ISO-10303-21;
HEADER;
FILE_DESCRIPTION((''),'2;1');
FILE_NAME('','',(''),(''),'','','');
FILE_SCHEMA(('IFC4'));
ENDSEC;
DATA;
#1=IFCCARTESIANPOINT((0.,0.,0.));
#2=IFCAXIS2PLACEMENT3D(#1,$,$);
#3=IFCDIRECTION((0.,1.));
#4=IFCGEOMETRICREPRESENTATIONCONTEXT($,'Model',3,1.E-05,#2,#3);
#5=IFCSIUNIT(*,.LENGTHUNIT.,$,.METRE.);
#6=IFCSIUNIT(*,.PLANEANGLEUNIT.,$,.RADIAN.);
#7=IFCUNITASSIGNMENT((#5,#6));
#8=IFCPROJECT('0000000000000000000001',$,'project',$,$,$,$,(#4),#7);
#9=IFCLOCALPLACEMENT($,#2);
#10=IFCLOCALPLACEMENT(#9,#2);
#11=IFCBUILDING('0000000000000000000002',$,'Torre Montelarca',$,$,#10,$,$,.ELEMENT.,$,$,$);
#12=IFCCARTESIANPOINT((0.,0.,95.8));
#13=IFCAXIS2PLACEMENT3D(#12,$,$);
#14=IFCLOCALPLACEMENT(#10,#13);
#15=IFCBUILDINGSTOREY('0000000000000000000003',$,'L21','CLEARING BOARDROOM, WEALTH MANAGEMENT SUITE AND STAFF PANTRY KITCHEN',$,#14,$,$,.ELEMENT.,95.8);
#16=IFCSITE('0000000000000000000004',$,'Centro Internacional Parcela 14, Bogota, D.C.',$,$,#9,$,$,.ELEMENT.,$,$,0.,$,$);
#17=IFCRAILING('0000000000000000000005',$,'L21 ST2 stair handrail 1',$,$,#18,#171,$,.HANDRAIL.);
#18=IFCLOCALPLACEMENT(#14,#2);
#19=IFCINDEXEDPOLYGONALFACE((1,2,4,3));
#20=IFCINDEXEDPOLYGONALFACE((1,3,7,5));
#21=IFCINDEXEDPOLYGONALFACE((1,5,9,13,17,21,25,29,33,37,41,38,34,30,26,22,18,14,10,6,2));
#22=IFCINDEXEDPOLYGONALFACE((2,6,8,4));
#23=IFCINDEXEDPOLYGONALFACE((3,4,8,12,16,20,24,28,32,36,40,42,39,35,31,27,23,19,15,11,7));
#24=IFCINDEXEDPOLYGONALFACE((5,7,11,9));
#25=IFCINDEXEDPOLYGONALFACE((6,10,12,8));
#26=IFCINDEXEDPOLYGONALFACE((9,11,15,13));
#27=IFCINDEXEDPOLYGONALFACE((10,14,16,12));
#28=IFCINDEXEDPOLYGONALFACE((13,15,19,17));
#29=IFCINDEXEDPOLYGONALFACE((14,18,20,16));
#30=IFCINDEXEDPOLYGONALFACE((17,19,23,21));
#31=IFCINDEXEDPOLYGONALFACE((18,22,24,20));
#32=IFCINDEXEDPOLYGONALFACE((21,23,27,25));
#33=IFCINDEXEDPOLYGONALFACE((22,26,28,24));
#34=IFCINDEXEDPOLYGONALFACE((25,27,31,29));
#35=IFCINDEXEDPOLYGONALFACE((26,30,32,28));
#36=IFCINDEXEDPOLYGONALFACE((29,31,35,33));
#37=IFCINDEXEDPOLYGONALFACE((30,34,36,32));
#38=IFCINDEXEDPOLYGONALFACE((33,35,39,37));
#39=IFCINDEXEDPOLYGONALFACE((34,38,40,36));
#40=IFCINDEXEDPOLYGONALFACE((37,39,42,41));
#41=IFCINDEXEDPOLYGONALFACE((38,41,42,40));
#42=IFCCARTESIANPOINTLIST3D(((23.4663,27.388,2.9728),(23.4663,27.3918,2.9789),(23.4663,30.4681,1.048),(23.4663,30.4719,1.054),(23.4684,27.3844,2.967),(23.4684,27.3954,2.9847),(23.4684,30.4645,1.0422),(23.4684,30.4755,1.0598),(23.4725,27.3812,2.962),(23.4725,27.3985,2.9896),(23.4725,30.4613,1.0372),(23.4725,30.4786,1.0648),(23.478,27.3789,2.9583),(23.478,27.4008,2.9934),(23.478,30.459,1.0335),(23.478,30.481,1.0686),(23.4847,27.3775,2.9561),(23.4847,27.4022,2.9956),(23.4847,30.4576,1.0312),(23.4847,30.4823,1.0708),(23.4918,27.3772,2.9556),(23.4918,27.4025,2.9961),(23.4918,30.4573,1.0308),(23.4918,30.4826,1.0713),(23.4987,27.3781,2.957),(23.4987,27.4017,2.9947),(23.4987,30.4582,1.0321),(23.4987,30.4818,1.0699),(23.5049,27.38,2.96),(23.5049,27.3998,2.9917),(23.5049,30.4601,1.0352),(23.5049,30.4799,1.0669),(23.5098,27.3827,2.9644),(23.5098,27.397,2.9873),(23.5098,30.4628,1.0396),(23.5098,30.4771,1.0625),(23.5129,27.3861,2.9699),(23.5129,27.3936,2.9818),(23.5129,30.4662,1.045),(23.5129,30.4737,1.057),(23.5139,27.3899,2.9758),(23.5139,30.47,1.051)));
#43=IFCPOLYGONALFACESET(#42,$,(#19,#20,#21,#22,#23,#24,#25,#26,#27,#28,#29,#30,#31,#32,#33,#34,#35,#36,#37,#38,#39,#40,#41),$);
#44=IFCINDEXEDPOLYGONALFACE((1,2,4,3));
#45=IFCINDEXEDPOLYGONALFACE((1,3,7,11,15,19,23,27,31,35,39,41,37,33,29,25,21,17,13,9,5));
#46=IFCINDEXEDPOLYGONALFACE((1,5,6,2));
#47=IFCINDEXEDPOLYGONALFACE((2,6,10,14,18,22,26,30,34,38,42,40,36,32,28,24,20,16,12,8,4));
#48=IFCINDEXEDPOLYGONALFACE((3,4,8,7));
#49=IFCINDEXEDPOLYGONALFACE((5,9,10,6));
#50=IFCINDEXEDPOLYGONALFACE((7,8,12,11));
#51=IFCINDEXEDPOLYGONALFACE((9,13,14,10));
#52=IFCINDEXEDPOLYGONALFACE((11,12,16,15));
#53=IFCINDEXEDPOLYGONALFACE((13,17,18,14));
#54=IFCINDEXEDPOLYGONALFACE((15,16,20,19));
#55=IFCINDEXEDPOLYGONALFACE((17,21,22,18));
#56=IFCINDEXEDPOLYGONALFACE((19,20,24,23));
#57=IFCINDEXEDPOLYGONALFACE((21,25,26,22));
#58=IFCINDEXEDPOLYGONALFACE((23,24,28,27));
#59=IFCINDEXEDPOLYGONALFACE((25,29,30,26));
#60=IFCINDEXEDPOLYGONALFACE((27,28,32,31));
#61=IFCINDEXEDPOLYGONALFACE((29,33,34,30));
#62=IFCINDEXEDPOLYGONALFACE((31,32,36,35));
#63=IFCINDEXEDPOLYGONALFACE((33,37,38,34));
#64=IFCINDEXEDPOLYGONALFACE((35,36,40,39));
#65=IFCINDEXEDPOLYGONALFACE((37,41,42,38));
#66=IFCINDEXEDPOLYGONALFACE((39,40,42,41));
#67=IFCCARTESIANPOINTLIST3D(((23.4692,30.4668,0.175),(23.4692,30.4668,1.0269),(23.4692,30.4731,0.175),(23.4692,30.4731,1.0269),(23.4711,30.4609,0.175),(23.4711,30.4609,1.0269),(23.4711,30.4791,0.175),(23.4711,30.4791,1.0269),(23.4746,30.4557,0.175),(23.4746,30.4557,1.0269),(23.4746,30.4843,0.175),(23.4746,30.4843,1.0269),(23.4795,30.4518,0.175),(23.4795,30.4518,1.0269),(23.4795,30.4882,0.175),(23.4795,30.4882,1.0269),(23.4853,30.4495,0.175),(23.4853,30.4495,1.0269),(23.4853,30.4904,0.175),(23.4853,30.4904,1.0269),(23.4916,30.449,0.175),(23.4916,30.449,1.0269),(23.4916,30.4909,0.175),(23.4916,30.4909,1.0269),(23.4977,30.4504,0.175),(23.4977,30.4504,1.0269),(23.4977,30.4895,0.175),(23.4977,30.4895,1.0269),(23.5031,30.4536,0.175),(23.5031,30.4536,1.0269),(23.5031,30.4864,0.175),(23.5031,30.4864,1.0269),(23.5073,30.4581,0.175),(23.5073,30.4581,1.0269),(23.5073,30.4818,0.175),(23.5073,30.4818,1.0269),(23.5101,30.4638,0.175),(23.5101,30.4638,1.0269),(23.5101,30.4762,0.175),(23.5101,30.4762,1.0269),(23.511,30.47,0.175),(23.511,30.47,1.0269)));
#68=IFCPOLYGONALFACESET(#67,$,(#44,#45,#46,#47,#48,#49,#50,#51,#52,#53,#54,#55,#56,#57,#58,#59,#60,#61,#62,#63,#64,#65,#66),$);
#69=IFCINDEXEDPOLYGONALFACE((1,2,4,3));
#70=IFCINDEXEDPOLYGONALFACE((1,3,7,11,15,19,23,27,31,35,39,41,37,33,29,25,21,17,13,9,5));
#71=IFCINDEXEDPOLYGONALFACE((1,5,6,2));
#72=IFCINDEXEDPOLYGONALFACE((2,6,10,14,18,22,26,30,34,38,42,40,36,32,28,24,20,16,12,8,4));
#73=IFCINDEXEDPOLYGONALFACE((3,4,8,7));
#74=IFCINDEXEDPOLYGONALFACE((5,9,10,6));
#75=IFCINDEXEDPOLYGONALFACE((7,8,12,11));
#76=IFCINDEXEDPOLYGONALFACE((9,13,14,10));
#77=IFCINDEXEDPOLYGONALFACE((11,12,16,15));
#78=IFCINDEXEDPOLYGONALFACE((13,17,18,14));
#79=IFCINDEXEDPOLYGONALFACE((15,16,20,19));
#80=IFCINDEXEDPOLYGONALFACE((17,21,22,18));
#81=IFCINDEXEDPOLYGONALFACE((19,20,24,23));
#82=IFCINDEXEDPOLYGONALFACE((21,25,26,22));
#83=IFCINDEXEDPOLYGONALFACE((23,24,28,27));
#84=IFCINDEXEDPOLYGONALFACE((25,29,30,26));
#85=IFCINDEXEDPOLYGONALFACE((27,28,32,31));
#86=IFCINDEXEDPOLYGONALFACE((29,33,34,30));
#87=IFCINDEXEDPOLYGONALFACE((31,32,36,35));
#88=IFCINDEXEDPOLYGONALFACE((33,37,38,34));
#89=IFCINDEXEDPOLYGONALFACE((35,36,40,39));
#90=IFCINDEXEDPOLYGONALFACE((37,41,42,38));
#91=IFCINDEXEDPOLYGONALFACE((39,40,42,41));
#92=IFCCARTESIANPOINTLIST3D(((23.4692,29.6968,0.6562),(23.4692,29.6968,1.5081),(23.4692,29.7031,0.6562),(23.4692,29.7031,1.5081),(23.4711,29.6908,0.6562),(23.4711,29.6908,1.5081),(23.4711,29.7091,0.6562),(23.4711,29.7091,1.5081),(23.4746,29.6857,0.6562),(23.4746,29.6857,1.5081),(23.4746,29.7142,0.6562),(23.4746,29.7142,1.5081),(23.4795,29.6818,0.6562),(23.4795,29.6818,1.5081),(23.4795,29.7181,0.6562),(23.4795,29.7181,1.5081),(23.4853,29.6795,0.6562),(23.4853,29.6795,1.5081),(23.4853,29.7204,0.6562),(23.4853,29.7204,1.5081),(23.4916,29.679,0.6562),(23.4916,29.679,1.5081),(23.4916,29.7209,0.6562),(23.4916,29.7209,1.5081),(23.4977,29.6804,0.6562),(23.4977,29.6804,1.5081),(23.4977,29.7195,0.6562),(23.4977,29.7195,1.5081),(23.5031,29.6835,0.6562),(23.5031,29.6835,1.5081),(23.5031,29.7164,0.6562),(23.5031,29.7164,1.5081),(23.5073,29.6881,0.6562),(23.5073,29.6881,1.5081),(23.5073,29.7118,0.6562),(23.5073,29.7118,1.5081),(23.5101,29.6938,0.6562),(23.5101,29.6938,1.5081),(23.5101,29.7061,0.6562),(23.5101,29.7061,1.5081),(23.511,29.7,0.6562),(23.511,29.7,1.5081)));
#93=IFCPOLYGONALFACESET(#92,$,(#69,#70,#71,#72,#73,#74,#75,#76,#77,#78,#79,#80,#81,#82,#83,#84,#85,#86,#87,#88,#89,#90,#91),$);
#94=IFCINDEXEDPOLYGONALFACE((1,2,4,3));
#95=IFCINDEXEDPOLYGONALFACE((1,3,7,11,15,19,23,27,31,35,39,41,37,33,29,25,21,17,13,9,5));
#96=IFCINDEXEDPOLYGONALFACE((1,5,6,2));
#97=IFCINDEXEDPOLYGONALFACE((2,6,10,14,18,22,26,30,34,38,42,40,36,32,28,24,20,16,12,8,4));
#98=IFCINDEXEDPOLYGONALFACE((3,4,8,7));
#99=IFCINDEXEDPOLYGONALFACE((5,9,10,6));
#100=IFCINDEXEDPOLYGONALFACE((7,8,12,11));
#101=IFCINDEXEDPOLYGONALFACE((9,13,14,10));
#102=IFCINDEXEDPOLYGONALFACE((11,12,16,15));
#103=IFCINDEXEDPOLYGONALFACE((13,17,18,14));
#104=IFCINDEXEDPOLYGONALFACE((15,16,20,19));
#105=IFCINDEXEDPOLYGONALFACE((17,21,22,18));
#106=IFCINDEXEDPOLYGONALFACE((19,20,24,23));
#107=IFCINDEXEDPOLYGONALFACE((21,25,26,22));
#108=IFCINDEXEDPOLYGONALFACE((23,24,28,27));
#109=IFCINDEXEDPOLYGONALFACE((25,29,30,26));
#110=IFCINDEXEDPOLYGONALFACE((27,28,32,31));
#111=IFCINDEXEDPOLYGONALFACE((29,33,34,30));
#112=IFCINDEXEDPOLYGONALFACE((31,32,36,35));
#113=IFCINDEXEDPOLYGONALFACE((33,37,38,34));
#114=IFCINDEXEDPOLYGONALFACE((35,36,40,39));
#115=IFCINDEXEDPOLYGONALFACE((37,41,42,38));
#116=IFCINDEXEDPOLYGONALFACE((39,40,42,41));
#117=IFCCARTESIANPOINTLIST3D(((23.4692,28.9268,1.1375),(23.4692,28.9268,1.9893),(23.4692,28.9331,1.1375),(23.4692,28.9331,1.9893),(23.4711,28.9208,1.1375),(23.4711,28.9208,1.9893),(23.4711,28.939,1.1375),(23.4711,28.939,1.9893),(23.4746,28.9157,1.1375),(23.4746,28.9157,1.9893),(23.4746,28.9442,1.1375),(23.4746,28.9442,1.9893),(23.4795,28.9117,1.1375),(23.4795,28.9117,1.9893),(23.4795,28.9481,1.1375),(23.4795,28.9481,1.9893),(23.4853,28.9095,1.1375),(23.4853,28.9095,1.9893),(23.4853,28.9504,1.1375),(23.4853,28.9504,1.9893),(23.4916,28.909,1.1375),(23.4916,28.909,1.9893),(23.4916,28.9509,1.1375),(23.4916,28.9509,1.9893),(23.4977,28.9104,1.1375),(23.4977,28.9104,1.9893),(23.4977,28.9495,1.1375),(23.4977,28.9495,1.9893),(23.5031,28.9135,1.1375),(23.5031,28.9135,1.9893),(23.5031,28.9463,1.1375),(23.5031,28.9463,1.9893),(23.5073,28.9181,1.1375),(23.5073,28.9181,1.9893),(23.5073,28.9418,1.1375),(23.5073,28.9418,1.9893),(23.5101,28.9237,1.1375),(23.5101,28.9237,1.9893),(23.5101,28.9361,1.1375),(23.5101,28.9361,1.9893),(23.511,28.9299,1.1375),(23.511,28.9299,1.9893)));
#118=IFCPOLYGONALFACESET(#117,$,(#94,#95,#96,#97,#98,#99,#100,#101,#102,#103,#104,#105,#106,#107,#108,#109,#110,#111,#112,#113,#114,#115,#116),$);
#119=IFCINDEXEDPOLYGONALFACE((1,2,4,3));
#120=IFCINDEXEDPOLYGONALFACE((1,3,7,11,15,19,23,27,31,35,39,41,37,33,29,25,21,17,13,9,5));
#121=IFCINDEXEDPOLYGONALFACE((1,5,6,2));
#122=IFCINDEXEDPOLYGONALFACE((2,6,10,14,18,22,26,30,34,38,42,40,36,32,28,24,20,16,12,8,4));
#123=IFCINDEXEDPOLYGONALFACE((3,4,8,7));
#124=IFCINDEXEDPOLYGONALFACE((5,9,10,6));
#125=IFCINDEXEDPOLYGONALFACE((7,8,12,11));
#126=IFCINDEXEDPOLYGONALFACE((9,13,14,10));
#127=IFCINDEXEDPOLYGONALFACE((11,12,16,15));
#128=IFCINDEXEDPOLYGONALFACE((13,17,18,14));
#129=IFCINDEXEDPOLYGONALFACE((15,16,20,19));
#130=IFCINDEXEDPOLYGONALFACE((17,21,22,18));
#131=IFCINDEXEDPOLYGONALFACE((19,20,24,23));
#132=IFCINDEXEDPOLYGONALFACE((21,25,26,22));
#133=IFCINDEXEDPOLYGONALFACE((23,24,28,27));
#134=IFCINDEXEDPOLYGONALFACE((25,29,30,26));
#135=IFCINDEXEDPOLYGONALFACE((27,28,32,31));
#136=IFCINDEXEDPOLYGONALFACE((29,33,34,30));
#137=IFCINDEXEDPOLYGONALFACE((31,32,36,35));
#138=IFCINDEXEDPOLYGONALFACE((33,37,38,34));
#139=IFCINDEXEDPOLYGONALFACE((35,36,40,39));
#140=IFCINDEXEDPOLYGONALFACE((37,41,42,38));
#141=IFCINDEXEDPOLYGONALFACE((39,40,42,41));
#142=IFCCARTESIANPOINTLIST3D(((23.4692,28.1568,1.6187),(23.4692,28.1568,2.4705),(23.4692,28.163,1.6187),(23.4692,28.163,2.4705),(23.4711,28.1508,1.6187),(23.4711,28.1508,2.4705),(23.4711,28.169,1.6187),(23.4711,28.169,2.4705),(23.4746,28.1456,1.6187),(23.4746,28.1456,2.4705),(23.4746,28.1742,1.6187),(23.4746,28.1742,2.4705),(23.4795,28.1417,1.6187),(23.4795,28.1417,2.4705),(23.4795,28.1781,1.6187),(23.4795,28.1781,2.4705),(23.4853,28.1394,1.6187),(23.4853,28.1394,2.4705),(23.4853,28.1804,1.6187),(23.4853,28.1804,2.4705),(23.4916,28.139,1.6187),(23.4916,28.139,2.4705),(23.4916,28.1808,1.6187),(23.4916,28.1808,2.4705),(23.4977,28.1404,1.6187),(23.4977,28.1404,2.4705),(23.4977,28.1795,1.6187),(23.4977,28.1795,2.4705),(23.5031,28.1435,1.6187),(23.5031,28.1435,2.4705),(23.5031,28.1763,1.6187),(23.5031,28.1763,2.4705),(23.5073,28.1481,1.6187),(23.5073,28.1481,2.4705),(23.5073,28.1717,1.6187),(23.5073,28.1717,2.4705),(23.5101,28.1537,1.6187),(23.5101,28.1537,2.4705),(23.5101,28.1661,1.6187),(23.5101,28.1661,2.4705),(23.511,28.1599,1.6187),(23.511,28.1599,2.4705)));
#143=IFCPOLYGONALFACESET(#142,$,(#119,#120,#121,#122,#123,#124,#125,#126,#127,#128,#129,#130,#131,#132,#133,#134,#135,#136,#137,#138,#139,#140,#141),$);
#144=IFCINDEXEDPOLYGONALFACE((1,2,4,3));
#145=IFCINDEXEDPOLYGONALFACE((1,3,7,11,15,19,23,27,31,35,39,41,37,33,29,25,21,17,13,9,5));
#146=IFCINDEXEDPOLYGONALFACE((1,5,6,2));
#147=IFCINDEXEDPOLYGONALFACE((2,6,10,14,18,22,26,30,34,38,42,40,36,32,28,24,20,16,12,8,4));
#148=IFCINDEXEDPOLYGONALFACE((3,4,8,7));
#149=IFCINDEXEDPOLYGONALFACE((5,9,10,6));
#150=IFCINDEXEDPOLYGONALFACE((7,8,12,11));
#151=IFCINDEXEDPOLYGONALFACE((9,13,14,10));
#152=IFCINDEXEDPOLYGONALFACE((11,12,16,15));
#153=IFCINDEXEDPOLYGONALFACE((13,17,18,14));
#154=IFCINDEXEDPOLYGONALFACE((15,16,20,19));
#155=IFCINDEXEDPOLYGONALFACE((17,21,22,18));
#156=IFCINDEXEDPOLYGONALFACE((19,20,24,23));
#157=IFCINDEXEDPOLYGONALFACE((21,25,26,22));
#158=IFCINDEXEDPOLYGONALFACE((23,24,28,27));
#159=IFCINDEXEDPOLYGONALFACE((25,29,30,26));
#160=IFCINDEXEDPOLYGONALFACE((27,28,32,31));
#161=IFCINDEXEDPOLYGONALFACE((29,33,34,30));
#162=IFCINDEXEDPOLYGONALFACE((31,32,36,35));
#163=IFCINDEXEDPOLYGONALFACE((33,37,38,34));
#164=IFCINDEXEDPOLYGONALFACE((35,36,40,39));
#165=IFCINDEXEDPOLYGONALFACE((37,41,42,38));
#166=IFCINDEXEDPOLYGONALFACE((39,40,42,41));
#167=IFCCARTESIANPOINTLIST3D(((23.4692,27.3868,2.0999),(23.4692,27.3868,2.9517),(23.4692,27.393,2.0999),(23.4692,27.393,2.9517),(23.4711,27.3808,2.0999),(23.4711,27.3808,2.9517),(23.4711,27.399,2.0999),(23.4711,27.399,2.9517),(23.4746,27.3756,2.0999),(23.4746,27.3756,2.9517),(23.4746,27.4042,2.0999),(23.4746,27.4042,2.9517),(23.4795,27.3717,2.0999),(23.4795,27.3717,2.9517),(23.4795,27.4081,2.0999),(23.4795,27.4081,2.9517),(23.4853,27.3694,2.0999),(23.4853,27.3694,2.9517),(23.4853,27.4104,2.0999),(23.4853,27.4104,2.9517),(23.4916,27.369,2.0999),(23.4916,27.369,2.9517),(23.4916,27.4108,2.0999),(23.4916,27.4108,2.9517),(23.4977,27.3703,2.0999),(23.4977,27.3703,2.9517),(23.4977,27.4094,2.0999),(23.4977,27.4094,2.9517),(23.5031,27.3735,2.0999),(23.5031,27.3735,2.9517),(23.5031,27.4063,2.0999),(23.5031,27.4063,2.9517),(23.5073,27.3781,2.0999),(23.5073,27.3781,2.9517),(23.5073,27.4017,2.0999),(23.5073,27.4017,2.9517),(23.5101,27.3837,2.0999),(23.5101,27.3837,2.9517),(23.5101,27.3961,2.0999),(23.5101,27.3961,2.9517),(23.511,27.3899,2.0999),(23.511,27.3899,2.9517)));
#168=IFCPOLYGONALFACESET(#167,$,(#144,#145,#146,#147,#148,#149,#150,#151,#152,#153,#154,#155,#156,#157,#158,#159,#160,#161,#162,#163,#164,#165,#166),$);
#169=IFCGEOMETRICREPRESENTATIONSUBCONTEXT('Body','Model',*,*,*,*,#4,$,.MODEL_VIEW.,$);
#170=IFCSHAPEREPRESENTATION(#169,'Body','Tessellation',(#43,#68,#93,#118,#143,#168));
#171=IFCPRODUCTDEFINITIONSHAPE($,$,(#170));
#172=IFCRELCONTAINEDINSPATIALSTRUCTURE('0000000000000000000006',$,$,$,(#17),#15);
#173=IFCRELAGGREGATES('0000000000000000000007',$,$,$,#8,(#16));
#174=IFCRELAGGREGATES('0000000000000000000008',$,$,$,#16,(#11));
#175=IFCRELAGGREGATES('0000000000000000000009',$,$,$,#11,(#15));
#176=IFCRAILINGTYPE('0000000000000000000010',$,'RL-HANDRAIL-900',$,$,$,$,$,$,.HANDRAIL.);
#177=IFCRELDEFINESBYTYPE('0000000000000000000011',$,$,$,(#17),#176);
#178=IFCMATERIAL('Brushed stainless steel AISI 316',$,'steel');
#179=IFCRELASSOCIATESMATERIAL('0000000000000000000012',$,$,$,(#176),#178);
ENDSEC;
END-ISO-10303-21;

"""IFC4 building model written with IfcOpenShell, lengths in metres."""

from ifc_helpers import new_model, si_unit, direction, frame, origin, origin_2d, place, context, subcontext, project, spatial, circle, extrude, material, type_object, element, save


model = new_model("IFC4")

# Units and contexts
model_context = context("Model", 3, precision=1e-05, world=origin(), true_north=direction((0.0, 1.0)))
body_context = subcontext(model_context, "Body", "Model", "MODEL_VIEW")
ifc_project = project(units=[si_unit("LENGTHUNIT", "METRE"), si_unit("PLANEANGLEUNIT", "RADIAN")], contexts=[model_context])

# Site, building, storey
site_placement = place(None, origin())
site = spatial("IfcSite", under=ifc_project, at=site_placement, Name="Centro Internacional Parcela 14, Bogota, D.C.", CompositionType="ELEMENT", RefElevation=0.0)
building_placement = place(site_placement, origin())
building = spatial("IfcBuilding", under=site, at=building_placement, Name="Torre Montelarca", CompositionType="ELEMENT")
storey_placement = place(building_placement, frame((0.0, 0.0, 95.8)))
storey = spatial("IfcBuildingStorey", under=building, at=storey_placement, Name="L21", Description="CLEARING BOARDROOM, WEALTH MANAGEMENT SUITE AND STAFF PANTRY KITCHEN", CompositionType="ELEMENT", Elevation=95.8)

# Shared definitions
ifc_material_1 = material(Name="Brushed stainless steel AISI 316", Category="steel")

# Railing
railing_type_1 = type_object("IfcRailingType", Name="RL-HANDRAIL-900", PredefinedType="HANDRAIL", material=ifc_material_1)
railing_1_placement = place(storey_placement, frame((23.49, 30.47, 0.175)))
element("IfcRailing", 1, at=railing_1_placement, inside=storey, type_object=railing_type_1, Name="L21 ST2 stair handrail 1", PredefinedType="HANDRAIL", context=body_context, shape_type="SweptSolid", body=[
    extrude(circle(Radius=0.0239, at=origin_2d()), frame((0.0, 0.0, 0.876), z_axis=(0.0, -0.848029, 0.529951), x_axis=(1.0, 0.0, 0.0)), (0.0, 0.0, 1.0), 3.6321),
    extrude(circle(Radius=0.021, at=origin_2d()), origin(), (0.0, 0.0, 1.0), 0.8518),
    extrude(circle(Radius=0.021, at=origin_2d()), frame((0.0, -0.77, 0.4812)), (0.0, 0.0, 1.0), 0.8518),
    extrude(circle(Radius=0.021, at=origin_2d()), frame((0.0, -1.54, 0.9624)), (0.0, 0.0, 1.0), 0.8518),
    extrude(circle(Radius=0.021, at=origin_2d()), frame((0.0, -2.3101, 1.4436)), (0.0, 0.0, 1.0), 0.8518),
    extrude(circle(Radius=0.021, at=origin_2d()), frame((0.0, -3.0801, 1.9248)), (0.0, 0.0, 1.0), 0.8518),
])

save(model, "model.ifc")
